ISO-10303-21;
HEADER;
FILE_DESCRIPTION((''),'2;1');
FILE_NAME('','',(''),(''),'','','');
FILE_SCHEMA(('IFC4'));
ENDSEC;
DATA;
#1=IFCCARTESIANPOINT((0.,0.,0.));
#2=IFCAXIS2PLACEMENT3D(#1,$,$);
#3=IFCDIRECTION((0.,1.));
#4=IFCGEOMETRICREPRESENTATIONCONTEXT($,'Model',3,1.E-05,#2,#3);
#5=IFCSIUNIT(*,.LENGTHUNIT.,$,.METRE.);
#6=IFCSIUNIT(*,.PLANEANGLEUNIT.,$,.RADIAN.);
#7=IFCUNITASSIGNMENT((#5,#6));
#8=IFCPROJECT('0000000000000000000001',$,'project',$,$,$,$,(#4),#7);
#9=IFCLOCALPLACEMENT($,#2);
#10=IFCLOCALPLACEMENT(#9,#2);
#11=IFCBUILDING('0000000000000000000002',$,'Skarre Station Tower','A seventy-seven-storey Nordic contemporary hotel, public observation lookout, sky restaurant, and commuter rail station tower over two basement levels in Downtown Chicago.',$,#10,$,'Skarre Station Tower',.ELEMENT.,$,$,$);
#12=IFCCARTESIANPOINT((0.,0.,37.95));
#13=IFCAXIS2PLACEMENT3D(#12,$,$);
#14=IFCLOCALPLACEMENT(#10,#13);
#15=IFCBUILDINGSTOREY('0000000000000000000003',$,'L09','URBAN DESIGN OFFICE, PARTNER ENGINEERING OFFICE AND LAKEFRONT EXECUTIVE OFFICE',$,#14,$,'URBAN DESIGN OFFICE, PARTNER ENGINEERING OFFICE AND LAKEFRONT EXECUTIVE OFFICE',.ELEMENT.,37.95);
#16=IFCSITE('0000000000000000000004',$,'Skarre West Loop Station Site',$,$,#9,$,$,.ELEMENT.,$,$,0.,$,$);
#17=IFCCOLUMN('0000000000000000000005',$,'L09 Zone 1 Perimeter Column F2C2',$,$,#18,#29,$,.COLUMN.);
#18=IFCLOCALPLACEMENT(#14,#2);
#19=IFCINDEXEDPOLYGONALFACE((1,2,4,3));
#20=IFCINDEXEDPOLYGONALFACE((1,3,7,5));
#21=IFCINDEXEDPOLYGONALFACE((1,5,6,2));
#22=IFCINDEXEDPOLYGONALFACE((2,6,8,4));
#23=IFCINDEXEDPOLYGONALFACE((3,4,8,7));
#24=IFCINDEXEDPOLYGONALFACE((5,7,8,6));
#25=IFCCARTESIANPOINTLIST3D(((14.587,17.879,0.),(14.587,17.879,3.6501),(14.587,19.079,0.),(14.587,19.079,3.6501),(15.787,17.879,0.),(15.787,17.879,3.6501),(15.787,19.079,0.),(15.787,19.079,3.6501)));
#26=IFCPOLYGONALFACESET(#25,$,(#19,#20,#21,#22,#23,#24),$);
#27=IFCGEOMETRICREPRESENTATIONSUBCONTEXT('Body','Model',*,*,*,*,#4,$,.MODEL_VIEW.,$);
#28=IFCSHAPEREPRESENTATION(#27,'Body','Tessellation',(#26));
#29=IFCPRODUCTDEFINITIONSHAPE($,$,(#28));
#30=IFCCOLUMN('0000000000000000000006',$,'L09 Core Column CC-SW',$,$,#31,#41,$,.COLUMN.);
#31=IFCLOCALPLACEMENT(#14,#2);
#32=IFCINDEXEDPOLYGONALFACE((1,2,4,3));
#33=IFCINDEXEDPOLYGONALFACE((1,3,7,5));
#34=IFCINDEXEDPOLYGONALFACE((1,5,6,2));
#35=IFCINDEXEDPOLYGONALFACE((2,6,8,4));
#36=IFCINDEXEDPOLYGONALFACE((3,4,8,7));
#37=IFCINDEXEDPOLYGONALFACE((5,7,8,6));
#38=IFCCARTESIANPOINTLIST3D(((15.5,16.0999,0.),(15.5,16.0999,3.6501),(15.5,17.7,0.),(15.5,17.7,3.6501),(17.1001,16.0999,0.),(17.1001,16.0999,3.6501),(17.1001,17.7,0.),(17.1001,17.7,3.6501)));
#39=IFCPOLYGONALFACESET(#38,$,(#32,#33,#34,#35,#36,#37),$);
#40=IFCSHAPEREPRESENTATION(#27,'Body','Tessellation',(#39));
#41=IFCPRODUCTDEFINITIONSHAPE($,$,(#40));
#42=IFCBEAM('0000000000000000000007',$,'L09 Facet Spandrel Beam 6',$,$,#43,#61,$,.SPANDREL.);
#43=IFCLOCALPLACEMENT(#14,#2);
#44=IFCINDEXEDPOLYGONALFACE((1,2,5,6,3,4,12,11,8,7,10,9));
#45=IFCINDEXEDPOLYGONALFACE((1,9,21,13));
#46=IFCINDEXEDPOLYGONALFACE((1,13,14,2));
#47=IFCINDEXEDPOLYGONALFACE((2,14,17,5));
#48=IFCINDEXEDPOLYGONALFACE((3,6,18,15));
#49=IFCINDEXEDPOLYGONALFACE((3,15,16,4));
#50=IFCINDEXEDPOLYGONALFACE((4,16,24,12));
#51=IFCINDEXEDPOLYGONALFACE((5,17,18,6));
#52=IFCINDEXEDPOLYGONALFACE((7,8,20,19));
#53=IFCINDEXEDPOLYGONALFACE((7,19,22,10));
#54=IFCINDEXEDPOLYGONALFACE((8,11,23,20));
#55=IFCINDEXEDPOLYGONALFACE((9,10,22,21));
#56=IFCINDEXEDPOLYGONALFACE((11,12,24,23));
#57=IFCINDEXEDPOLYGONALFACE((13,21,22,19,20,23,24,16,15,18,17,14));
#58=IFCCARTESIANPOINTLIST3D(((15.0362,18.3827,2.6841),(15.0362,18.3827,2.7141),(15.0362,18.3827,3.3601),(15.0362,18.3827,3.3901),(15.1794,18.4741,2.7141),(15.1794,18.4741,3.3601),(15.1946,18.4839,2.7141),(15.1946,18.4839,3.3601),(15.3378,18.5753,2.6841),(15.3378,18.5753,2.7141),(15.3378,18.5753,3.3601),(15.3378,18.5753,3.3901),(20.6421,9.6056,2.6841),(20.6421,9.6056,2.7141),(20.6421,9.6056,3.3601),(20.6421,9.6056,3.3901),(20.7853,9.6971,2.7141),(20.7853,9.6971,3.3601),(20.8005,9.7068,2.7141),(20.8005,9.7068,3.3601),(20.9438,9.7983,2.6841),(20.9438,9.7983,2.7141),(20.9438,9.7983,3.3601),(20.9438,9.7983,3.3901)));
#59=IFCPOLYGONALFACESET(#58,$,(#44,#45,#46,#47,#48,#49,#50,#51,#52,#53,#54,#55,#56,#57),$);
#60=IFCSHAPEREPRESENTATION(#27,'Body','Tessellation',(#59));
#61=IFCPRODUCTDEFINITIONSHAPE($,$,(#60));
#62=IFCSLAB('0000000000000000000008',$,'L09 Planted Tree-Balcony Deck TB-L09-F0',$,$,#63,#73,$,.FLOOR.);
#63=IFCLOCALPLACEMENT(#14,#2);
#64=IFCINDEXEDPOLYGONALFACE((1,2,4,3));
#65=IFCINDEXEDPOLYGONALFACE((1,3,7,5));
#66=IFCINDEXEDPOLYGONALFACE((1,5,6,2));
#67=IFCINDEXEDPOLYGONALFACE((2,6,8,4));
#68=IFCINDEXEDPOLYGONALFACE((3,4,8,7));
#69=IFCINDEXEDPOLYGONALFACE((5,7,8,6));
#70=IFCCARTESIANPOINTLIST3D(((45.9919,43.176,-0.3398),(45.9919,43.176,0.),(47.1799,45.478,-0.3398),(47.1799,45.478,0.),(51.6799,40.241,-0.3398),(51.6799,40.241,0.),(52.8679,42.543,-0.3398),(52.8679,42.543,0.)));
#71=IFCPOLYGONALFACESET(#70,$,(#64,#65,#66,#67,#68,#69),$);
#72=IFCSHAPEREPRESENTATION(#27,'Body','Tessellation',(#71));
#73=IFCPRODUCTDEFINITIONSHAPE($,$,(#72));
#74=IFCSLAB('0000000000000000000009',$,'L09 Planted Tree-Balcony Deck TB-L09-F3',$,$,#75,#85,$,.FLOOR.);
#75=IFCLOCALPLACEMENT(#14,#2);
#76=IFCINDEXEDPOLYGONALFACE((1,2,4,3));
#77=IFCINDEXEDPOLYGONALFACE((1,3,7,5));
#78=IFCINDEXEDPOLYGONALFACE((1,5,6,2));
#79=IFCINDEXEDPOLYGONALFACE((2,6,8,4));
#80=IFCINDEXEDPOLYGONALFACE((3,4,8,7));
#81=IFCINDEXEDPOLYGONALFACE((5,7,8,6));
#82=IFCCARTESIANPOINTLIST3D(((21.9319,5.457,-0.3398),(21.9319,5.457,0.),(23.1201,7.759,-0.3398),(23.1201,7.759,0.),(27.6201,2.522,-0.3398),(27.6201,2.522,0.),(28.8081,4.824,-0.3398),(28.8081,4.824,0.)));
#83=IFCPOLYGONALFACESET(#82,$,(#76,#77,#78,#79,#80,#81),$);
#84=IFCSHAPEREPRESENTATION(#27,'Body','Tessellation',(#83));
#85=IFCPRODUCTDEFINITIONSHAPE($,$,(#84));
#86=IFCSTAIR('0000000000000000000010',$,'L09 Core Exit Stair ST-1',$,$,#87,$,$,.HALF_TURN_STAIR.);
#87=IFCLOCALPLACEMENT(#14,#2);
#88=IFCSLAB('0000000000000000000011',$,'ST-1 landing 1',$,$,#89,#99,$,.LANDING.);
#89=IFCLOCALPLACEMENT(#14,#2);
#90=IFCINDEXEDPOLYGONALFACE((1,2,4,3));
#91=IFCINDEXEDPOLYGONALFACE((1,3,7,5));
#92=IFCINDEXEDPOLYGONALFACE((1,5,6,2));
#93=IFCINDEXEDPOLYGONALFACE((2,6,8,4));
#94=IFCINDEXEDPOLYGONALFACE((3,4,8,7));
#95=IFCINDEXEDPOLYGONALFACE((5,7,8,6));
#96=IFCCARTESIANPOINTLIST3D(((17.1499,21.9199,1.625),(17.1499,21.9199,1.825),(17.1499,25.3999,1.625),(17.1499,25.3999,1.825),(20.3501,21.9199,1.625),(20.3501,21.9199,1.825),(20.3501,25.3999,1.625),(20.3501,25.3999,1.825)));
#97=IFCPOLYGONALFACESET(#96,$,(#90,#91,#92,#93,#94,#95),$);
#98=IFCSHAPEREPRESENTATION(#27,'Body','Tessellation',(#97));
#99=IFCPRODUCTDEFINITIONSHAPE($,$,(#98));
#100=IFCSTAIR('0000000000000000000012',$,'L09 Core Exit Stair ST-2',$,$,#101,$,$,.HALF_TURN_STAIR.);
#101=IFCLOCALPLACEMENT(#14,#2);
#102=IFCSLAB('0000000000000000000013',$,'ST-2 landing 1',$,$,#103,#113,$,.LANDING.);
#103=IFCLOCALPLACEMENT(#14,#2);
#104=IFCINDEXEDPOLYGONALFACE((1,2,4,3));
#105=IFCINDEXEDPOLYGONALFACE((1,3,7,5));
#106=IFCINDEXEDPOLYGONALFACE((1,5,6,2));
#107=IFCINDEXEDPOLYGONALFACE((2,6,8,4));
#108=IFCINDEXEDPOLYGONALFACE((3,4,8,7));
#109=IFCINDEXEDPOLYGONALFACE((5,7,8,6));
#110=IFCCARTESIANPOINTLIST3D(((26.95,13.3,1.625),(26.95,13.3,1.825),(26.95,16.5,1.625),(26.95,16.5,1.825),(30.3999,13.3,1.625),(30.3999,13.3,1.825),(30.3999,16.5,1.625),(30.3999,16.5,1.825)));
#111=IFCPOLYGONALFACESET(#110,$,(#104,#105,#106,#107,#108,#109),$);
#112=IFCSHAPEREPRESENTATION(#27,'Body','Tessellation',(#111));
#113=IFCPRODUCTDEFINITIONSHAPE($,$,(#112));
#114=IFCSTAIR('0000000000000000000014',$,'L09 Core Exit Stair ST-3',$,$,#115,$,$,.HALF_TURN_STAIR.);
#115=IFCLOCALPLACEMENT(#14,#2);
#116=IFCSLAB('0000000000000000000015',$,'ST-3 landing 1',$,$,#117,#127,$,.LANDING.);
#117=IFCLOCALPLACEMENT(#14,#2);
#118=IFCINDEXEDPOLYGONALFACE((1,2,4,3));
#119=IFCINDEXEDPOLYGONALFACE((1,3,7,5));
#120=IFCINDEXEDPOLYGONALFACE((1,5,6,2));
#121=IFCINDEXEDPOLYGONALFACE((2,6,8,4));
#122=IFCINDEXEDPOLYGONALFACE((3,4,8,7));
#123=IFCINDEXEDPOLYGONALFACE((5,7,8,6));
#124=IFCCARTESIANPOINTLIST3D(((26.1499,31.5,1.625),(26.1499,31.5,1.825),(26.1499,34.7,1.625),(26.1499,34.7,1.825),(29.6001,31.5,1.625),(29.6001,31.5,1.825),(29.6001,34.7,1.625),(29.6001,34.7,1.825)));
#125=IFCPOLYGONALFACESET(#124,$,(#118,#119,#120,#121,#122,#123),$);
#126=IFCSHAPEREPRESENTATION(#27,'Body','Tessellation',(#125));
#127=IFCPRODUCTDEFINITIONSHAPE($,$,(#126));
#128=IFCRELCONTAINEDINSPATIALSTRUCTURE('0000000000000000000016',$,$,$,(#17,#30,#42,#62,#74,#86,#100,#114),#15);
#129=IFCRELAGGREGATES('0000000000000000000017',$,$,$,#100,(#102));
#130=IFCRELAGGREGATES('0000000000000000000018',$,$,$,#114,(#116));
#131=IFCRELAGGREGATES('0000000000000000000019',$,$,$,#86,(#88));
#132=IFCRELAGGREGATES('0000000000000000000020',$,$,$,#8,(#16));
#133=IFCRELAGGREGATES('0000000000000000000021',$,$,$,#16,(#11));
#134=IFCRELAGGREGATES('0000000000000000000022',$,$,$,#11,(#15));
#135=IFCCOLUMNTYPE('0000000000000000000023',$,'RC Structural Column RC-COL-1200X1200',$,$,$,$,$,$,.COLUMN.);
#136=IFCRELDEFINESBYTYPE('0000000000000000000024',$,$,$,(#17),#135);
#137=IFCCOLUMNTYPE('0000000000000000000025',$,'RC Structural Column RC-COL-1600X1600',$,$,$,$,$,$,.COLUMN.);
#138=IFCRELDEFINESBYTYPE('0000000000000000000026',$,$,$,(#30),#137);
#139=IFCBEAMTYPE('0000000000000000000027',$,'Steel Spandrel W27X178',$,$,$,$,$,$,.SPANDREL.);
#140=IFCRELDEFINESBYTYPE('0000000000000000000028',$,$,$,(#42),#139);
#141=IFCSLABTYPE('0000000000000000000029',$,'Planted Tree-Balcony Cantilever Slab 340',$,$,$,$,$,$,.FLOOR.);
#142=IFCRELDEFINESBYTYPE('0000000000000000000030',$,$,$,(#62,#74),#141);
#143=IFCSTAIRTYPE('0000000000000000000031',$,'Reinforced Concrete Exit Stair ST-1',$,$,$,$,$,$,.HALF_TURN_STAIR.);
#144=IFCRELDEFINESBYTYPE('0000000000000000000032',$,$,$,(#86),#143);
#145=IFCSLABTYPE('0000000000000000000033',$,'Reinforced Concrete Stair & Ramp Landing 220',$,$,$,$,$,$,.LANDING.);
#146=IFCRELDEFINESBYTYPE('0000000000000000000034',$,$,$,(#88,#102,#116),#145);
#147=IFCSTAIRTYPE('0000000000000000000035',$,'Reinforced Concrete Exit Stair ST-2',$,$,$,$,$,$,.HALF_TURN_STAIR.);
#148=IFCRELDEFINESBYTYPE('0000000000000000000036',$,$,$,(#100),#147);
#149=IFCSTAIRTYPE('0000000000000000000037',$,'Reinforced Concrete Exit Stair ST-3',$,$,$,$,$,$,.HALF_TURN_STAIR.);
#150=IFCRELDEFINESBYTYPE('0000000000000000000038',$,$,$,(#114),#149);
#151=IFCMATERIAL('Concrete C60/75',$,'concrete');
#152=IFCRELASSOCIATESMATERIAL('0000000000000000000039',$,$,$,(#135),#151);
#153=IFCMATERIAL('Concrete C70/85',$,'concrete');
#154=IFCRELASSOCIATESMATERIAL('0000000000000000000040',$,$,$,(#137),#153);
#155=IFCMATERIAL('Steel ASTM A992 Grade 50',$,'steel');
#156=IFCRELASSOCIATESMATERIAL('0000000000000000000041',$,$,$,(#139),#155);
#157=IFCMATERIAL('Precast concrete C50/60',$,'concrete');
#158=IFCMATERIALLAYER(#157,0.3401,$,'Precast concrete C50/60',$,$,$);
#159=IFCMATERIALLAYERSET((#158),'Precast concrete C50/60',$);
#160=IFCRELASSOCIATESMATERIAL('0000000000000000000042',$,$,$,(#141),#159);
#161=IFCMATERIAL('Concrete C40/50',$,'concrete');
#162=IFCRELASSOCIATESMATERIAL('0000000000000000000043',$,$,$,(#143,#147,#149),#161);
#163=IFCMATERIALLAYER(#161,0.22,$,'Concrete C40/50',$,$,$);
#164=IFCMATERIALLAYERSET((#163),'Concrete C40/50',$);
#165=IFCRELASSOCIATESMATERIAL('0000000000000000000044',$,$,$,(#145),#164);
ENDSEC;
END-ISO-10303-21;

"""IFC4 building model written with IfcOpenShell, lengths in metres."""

from ifc_helpers import new_model, si_unit, direction, frame, origin, origin_2d, place, context, subcontext, project, spatial, polyline, rectangle, i_section, outline, extrude, material, layer, layer_set, material_profile, profile_set, type_object, element, aggregate, save


model = new_model("IFC4")

# Units and contexts
model_context = context("Model", 3, precision=1e-05, world=origin(), true_north=direction((0.0, 1.0)))
body_context = subcontext(model_context, "Body", "Model", "MODEL_VIEW")
ifc_project = project(units=[si_unit("LENGTHUNIT", "METRE"), si_unit("PLANEANGLEUNIT", "RADIAN")], contexts=[model_context])

# Site, building, storey
site_placement = place(None, origin())
site = spatial("IfcSite", under=ifc_project, at=site_placement, Name="Skarre West Loop Station Site", CompositionType="ELEMENT", RefElevation=0.0)
building_placement = place(site_placement, origin())
building = spatial("IfcBuilding", under=site, at=building_placement, Name="Skarre Station Tower", Description="A seventy-seven-storey Nordic contemporary hotel, public observation lookout, sky restaurant, and commuter rail station tower over two basement levels in Downtown Chicago.", LongName="Skarre Station Tower", CompositionType="ELEMENT")
storey_placement = place(building_placement, frame((0.0, 0.0, 37.95)))
storey = spatial("IfcBuildingStorey", under=building, at=storey_placement, Name="L09", Description="URBAN DESIGN OFFICE, PARTNER ENGINEERING OFFICE AND LAKEFRONT EXECUTIVE OFFICE", LongName="URBAN DESIGN OFFICE, PARTNER ENGINEERING OFFICE AND LAKEFRONT EXECUTIVE OFFICE", CompositionType="ELEMENT", Elevation=37.95)

# Columns
ifc_material_1 = material(Name="Concrete C60/75", Category="concrete")
ifc_material_profile_1 = material_profile(ifc_material_1, rectangle(XDim=1.2, YDim=1.2, at=origin_2d()), Name="Concrete C60/75")
ifc_profile_set_1 = profile_set([ifc_material_profile_1], Name="Concrete C60/75")
column_type_1 = type_object("IfcColumnType", Name="RC Structural Column RC-COL-1200X1200", PredefinedType="COLUMN", material=ifc_profile_set_1)
column_1_placement = place(storey_placement, frame((15.187, 18.479, 0.0), z_axis=(0.0, 0.0, 1.0), x_axis=(1.0, 0.0, 0.0)))
element("IfcColumn", 1, at=column_1_placement, inside=storey, type_object=column_type_1, Name="L09 Zone 1 Perimeter Column F2C2", PredefinedType="COLUMN", context=body_context, shape_type="SweptSolid", body=[
    extrude(rectangle(XDim=1.2, YDim=1.2, at=origin_2d()), origin(), (0.0, 0.0, 1.0), 3.6501),
])
ifc_material_2 = material(Name="Concrete C70/85", Category="concrete")
ifc_material_profile_2 = material_profile(ifc_material_2, rectangle(XDim=1.6001, YDim=1.6001, at=origin_2d()), Name="Concrete C70/85")
ifc_profile_set_2 = profile_set([ifc_material_profile_2], Name="Concrete C70/85")
column_type_2 = type_object("IfcColumnType", Name="RC Structural Column RC-COL-1600X1600", PredefinedType="COLUMN", material=ifc_profile_set_2)
column_2_placement = place(storey_placement, frame((16.3, 16.8999, 0.0), z_axis=(0.0, 0.0, 1.0), x_axis=(1.0, 0.0, 0.0)))
element("IfcColumn", 2, at=column_2_placement, inside=storey, type_object=column_type_2, Name="L09 Core Column CC-SW", PredefinedType="COLUMN", context=body_context, shape_type="SweptSolid", body=[
    extrude(rectangle(XDim=1.6001, YDim=1.6001, at=origin_2d()), origin(), (0.0, 0.0, 1.0), 3.6501),
])

# Beam
ifc_material_3 = material(Name="Steel ASTM A992 Grade 50", Category="steel")
ifc_material_profile_3 = material_profile(ifc_material_3, i_section(OverallWidth=0.3579, OverallDepth=0.7061, WebThickness=0.0181, FlangeThickness=0.03, at=origin_2d()), Name="Steel ASTM A992 Grade 50")
ifc_profile_set_3 = profile_set([ifc_material_profile_3], Name="Steel ASTM A992 Grade 50")
beam_type = type_object("IfcBeamType", Name="Steel Spandrel W27X178", PredefinedType="SPANDREL", material=ifc_profile_set_3)
beam_placement = place(storey_placement, frame((15.187, 18.479, 3.0371), z_axis=(0.538278, -0.842767, 0.0), x_axis=(0.842767, 0.538278, 0.0)))
element("IfcBeam", 3, at=beam_placement, inside=storey, type_object=beam_type, Name="L09 Facet Spandrel Beam 6", PredefinedType="SPANDREL", context=body_context, shape_type="SweptSolid", body=[
    extrude(i_section(OverallWidth=0.3579, OverallDepth=0.7061, WebThickness=0.0181, FlangeThickness=0.03, at=origin_2d()), origin(), (0.0, 0.0, 1.0), 10.4146),
])

# Slabs
ifc_material_4 = material(Name="Precast concrete C50/60", Category="concrete")
ifc_layer_1 = layer(ifc_material_4, 0.3401, Name="Precast concrete C50/60")
ifc_layer_set_1 = layer_set([ifc_layer_1], Name="Precast concrete C50/60")
slab_type_1 = type_object("IfcSlabType", Name="Planted Tree-Balcony Cantilever Slab 340", PredefinedType="FLOOR", material=ifc_layer_set_1)
slab_1_placement = place(storey_placement, frame((0.0, 0.0, -0.3398)))
element("IfcSlab", 4, at=slab_1_placement, inside=storey, type_object=slab_type_1, Name="L09 Planted Tree-Balcony Deck TB-L09-F0", PredefinedType="FLOOR", context=body_context, shape_type="SweptSolid", body=[
    extrude(outline(polyline([(51.6799, 40.241), (45.9919, 43.176), (47.1799, 45.478), (52.8679, 42.543), (51.6799, 40.241)])), origin(), (0.0, 0.0, 1.0), 0.3398),
])
slab_2_placement = place(storey_placement, frame((0.0, 0.0, -0.3398)))
element("IfcSlab", 5, at=slab_2_placement, inside=storey, type_object=slab_type_1, Name="L09 Planted Tree-Balcony Deck TB-L09-F3", PredefinedType="FLOOR", context=body_context, shape_type="SweptSolid", body=[
    extrude(outline(polyline([(23.1201, 7.759), (28.8081, 4.824), (27.6201, 2.522), (21.9319, 5.457), (23.1201, 7.759)])), origin(), (0.0, 0.0, 1.0), 0.3398),
])

# Stairs, slabs
ifc_material_5 = material(Name="Concrete C40/50", Category="concrete")
stair_type_1 = type_object("IfcStairType", Name="Reinforced Concrete Exit Stair ST-1", PredefinedType="HALF_TURN_STAIR", material=ifc_material_5)
stair_1_placement = place(storey_placement, origin())
stair_1 = element("IfcStair", 6, at=stair_1_placement, inside=storey, type_object=stair_type_1, Name="L09 Core Exit Stair ST-1", PredefinedType="HALF_TURN_STAIR")
ifc_layer_2 = layer(ifc_material_5, 0.22, Name="Concrete C40/50")
ifc_layer_set_2 = layer_set([ifc_layer_2], Name="Concrete C40/50")
slab_type_2 = type_object("IfcSlabType", Name="Reinforced Concrete Stair & Ramp Landing 220", PredefinedType="LANDING", material=ifc_layer_set_2)
slab_3_placement = place(storey_placement, frame((0.0, 0.0, 1.625)))
slab_3 = element("IfcSlab", 7, at=slab_3_placement, type_object=slab_type_2, Name="ST-1 landing 1", PredefinedType="LANDING", context=body_context, shape_type="SweptSolid", body=[
    extrude(outline(polyline([(20.3501, 21.9199), (20.3501, 25.3999), (17.1499, 25.3999), (17.1499, 21.9199), (20.3501, 21.9199)])), origin(), (0.0, 0.0, 1.0), 0.2),
])
stair_type_2 = type_object("IfcStairType", Name="Reinforced Concrete Exit Stair ST-2", PredefinedType="HALF_TURN_STAIR", material=ifc_material_5)
stair_2_placement = place(storey_placement, origin())
stair_2 = element("IfcStair", 8, at=stair_2_placement, inside=storey, type_object=stair_type_2, Name="L09 Core Exit Stair ST-2", PredefinedType="HALF_TURN_STAIR")
slab_4_placement = place(storey_placement, frame((0.0, 0.0, 1.625)))
slab_4 = element("IfcSlab", 9, at=slab_4_placement, type_object=slab_type_2, Name="ST-2 landing 1", PredefinedType="LANDING", context=body_context, shape_type="SweptSolid", body=[
    extrude(outline(polyline([(26.95, 13.3), (30.3999, 13.3), (30.3999, 16.5), (26.95, 16.5), (26.95, 13.3)])), origin(), (0.0, 0.0, 1.0), 0.2),
])
aggregate(stair_2, [slab_4])
stair_type_3 = type_object("IfcStairType", Name="Reinforced Concrete Exit Stair ST-3", PredefinedType="HALF_TURN_STAIR", material=ifc_material_5)
stair_3_placement = place(storey_placement, origin())
stair_3 = element("IfcStair", 10, at=stair_3_placement, inside=storey, type_object=stair_type_3, Name="L09 Core Exit Stair ST-3", PredefinedType="HALF_TURN_STAIR")
slab_5_placement = place(storey_placement, frame((0.0, 0.0, 1.625)))
slab_5 = element("IfcSlab", 11, at=slab_5_placement, type_object=slab_type_2, Name="ST-3 landing 1", PredefinedType="LANDING", context=body_context, shape_type="SweptSolid", body=[
    extrude(outline(polyline([(26.1499, 31.5), (29.6001, 31.5), (29.6001, 34.7), (26.1499, 34.7), (26.1499, 31.5)])), origin(), (0.0, 0.0, 1.0), 0.2),
])
aggregate(stair_3, [slab_5])

aggregate(stair_1, [slab_3])

save(model, "model.ifc")
